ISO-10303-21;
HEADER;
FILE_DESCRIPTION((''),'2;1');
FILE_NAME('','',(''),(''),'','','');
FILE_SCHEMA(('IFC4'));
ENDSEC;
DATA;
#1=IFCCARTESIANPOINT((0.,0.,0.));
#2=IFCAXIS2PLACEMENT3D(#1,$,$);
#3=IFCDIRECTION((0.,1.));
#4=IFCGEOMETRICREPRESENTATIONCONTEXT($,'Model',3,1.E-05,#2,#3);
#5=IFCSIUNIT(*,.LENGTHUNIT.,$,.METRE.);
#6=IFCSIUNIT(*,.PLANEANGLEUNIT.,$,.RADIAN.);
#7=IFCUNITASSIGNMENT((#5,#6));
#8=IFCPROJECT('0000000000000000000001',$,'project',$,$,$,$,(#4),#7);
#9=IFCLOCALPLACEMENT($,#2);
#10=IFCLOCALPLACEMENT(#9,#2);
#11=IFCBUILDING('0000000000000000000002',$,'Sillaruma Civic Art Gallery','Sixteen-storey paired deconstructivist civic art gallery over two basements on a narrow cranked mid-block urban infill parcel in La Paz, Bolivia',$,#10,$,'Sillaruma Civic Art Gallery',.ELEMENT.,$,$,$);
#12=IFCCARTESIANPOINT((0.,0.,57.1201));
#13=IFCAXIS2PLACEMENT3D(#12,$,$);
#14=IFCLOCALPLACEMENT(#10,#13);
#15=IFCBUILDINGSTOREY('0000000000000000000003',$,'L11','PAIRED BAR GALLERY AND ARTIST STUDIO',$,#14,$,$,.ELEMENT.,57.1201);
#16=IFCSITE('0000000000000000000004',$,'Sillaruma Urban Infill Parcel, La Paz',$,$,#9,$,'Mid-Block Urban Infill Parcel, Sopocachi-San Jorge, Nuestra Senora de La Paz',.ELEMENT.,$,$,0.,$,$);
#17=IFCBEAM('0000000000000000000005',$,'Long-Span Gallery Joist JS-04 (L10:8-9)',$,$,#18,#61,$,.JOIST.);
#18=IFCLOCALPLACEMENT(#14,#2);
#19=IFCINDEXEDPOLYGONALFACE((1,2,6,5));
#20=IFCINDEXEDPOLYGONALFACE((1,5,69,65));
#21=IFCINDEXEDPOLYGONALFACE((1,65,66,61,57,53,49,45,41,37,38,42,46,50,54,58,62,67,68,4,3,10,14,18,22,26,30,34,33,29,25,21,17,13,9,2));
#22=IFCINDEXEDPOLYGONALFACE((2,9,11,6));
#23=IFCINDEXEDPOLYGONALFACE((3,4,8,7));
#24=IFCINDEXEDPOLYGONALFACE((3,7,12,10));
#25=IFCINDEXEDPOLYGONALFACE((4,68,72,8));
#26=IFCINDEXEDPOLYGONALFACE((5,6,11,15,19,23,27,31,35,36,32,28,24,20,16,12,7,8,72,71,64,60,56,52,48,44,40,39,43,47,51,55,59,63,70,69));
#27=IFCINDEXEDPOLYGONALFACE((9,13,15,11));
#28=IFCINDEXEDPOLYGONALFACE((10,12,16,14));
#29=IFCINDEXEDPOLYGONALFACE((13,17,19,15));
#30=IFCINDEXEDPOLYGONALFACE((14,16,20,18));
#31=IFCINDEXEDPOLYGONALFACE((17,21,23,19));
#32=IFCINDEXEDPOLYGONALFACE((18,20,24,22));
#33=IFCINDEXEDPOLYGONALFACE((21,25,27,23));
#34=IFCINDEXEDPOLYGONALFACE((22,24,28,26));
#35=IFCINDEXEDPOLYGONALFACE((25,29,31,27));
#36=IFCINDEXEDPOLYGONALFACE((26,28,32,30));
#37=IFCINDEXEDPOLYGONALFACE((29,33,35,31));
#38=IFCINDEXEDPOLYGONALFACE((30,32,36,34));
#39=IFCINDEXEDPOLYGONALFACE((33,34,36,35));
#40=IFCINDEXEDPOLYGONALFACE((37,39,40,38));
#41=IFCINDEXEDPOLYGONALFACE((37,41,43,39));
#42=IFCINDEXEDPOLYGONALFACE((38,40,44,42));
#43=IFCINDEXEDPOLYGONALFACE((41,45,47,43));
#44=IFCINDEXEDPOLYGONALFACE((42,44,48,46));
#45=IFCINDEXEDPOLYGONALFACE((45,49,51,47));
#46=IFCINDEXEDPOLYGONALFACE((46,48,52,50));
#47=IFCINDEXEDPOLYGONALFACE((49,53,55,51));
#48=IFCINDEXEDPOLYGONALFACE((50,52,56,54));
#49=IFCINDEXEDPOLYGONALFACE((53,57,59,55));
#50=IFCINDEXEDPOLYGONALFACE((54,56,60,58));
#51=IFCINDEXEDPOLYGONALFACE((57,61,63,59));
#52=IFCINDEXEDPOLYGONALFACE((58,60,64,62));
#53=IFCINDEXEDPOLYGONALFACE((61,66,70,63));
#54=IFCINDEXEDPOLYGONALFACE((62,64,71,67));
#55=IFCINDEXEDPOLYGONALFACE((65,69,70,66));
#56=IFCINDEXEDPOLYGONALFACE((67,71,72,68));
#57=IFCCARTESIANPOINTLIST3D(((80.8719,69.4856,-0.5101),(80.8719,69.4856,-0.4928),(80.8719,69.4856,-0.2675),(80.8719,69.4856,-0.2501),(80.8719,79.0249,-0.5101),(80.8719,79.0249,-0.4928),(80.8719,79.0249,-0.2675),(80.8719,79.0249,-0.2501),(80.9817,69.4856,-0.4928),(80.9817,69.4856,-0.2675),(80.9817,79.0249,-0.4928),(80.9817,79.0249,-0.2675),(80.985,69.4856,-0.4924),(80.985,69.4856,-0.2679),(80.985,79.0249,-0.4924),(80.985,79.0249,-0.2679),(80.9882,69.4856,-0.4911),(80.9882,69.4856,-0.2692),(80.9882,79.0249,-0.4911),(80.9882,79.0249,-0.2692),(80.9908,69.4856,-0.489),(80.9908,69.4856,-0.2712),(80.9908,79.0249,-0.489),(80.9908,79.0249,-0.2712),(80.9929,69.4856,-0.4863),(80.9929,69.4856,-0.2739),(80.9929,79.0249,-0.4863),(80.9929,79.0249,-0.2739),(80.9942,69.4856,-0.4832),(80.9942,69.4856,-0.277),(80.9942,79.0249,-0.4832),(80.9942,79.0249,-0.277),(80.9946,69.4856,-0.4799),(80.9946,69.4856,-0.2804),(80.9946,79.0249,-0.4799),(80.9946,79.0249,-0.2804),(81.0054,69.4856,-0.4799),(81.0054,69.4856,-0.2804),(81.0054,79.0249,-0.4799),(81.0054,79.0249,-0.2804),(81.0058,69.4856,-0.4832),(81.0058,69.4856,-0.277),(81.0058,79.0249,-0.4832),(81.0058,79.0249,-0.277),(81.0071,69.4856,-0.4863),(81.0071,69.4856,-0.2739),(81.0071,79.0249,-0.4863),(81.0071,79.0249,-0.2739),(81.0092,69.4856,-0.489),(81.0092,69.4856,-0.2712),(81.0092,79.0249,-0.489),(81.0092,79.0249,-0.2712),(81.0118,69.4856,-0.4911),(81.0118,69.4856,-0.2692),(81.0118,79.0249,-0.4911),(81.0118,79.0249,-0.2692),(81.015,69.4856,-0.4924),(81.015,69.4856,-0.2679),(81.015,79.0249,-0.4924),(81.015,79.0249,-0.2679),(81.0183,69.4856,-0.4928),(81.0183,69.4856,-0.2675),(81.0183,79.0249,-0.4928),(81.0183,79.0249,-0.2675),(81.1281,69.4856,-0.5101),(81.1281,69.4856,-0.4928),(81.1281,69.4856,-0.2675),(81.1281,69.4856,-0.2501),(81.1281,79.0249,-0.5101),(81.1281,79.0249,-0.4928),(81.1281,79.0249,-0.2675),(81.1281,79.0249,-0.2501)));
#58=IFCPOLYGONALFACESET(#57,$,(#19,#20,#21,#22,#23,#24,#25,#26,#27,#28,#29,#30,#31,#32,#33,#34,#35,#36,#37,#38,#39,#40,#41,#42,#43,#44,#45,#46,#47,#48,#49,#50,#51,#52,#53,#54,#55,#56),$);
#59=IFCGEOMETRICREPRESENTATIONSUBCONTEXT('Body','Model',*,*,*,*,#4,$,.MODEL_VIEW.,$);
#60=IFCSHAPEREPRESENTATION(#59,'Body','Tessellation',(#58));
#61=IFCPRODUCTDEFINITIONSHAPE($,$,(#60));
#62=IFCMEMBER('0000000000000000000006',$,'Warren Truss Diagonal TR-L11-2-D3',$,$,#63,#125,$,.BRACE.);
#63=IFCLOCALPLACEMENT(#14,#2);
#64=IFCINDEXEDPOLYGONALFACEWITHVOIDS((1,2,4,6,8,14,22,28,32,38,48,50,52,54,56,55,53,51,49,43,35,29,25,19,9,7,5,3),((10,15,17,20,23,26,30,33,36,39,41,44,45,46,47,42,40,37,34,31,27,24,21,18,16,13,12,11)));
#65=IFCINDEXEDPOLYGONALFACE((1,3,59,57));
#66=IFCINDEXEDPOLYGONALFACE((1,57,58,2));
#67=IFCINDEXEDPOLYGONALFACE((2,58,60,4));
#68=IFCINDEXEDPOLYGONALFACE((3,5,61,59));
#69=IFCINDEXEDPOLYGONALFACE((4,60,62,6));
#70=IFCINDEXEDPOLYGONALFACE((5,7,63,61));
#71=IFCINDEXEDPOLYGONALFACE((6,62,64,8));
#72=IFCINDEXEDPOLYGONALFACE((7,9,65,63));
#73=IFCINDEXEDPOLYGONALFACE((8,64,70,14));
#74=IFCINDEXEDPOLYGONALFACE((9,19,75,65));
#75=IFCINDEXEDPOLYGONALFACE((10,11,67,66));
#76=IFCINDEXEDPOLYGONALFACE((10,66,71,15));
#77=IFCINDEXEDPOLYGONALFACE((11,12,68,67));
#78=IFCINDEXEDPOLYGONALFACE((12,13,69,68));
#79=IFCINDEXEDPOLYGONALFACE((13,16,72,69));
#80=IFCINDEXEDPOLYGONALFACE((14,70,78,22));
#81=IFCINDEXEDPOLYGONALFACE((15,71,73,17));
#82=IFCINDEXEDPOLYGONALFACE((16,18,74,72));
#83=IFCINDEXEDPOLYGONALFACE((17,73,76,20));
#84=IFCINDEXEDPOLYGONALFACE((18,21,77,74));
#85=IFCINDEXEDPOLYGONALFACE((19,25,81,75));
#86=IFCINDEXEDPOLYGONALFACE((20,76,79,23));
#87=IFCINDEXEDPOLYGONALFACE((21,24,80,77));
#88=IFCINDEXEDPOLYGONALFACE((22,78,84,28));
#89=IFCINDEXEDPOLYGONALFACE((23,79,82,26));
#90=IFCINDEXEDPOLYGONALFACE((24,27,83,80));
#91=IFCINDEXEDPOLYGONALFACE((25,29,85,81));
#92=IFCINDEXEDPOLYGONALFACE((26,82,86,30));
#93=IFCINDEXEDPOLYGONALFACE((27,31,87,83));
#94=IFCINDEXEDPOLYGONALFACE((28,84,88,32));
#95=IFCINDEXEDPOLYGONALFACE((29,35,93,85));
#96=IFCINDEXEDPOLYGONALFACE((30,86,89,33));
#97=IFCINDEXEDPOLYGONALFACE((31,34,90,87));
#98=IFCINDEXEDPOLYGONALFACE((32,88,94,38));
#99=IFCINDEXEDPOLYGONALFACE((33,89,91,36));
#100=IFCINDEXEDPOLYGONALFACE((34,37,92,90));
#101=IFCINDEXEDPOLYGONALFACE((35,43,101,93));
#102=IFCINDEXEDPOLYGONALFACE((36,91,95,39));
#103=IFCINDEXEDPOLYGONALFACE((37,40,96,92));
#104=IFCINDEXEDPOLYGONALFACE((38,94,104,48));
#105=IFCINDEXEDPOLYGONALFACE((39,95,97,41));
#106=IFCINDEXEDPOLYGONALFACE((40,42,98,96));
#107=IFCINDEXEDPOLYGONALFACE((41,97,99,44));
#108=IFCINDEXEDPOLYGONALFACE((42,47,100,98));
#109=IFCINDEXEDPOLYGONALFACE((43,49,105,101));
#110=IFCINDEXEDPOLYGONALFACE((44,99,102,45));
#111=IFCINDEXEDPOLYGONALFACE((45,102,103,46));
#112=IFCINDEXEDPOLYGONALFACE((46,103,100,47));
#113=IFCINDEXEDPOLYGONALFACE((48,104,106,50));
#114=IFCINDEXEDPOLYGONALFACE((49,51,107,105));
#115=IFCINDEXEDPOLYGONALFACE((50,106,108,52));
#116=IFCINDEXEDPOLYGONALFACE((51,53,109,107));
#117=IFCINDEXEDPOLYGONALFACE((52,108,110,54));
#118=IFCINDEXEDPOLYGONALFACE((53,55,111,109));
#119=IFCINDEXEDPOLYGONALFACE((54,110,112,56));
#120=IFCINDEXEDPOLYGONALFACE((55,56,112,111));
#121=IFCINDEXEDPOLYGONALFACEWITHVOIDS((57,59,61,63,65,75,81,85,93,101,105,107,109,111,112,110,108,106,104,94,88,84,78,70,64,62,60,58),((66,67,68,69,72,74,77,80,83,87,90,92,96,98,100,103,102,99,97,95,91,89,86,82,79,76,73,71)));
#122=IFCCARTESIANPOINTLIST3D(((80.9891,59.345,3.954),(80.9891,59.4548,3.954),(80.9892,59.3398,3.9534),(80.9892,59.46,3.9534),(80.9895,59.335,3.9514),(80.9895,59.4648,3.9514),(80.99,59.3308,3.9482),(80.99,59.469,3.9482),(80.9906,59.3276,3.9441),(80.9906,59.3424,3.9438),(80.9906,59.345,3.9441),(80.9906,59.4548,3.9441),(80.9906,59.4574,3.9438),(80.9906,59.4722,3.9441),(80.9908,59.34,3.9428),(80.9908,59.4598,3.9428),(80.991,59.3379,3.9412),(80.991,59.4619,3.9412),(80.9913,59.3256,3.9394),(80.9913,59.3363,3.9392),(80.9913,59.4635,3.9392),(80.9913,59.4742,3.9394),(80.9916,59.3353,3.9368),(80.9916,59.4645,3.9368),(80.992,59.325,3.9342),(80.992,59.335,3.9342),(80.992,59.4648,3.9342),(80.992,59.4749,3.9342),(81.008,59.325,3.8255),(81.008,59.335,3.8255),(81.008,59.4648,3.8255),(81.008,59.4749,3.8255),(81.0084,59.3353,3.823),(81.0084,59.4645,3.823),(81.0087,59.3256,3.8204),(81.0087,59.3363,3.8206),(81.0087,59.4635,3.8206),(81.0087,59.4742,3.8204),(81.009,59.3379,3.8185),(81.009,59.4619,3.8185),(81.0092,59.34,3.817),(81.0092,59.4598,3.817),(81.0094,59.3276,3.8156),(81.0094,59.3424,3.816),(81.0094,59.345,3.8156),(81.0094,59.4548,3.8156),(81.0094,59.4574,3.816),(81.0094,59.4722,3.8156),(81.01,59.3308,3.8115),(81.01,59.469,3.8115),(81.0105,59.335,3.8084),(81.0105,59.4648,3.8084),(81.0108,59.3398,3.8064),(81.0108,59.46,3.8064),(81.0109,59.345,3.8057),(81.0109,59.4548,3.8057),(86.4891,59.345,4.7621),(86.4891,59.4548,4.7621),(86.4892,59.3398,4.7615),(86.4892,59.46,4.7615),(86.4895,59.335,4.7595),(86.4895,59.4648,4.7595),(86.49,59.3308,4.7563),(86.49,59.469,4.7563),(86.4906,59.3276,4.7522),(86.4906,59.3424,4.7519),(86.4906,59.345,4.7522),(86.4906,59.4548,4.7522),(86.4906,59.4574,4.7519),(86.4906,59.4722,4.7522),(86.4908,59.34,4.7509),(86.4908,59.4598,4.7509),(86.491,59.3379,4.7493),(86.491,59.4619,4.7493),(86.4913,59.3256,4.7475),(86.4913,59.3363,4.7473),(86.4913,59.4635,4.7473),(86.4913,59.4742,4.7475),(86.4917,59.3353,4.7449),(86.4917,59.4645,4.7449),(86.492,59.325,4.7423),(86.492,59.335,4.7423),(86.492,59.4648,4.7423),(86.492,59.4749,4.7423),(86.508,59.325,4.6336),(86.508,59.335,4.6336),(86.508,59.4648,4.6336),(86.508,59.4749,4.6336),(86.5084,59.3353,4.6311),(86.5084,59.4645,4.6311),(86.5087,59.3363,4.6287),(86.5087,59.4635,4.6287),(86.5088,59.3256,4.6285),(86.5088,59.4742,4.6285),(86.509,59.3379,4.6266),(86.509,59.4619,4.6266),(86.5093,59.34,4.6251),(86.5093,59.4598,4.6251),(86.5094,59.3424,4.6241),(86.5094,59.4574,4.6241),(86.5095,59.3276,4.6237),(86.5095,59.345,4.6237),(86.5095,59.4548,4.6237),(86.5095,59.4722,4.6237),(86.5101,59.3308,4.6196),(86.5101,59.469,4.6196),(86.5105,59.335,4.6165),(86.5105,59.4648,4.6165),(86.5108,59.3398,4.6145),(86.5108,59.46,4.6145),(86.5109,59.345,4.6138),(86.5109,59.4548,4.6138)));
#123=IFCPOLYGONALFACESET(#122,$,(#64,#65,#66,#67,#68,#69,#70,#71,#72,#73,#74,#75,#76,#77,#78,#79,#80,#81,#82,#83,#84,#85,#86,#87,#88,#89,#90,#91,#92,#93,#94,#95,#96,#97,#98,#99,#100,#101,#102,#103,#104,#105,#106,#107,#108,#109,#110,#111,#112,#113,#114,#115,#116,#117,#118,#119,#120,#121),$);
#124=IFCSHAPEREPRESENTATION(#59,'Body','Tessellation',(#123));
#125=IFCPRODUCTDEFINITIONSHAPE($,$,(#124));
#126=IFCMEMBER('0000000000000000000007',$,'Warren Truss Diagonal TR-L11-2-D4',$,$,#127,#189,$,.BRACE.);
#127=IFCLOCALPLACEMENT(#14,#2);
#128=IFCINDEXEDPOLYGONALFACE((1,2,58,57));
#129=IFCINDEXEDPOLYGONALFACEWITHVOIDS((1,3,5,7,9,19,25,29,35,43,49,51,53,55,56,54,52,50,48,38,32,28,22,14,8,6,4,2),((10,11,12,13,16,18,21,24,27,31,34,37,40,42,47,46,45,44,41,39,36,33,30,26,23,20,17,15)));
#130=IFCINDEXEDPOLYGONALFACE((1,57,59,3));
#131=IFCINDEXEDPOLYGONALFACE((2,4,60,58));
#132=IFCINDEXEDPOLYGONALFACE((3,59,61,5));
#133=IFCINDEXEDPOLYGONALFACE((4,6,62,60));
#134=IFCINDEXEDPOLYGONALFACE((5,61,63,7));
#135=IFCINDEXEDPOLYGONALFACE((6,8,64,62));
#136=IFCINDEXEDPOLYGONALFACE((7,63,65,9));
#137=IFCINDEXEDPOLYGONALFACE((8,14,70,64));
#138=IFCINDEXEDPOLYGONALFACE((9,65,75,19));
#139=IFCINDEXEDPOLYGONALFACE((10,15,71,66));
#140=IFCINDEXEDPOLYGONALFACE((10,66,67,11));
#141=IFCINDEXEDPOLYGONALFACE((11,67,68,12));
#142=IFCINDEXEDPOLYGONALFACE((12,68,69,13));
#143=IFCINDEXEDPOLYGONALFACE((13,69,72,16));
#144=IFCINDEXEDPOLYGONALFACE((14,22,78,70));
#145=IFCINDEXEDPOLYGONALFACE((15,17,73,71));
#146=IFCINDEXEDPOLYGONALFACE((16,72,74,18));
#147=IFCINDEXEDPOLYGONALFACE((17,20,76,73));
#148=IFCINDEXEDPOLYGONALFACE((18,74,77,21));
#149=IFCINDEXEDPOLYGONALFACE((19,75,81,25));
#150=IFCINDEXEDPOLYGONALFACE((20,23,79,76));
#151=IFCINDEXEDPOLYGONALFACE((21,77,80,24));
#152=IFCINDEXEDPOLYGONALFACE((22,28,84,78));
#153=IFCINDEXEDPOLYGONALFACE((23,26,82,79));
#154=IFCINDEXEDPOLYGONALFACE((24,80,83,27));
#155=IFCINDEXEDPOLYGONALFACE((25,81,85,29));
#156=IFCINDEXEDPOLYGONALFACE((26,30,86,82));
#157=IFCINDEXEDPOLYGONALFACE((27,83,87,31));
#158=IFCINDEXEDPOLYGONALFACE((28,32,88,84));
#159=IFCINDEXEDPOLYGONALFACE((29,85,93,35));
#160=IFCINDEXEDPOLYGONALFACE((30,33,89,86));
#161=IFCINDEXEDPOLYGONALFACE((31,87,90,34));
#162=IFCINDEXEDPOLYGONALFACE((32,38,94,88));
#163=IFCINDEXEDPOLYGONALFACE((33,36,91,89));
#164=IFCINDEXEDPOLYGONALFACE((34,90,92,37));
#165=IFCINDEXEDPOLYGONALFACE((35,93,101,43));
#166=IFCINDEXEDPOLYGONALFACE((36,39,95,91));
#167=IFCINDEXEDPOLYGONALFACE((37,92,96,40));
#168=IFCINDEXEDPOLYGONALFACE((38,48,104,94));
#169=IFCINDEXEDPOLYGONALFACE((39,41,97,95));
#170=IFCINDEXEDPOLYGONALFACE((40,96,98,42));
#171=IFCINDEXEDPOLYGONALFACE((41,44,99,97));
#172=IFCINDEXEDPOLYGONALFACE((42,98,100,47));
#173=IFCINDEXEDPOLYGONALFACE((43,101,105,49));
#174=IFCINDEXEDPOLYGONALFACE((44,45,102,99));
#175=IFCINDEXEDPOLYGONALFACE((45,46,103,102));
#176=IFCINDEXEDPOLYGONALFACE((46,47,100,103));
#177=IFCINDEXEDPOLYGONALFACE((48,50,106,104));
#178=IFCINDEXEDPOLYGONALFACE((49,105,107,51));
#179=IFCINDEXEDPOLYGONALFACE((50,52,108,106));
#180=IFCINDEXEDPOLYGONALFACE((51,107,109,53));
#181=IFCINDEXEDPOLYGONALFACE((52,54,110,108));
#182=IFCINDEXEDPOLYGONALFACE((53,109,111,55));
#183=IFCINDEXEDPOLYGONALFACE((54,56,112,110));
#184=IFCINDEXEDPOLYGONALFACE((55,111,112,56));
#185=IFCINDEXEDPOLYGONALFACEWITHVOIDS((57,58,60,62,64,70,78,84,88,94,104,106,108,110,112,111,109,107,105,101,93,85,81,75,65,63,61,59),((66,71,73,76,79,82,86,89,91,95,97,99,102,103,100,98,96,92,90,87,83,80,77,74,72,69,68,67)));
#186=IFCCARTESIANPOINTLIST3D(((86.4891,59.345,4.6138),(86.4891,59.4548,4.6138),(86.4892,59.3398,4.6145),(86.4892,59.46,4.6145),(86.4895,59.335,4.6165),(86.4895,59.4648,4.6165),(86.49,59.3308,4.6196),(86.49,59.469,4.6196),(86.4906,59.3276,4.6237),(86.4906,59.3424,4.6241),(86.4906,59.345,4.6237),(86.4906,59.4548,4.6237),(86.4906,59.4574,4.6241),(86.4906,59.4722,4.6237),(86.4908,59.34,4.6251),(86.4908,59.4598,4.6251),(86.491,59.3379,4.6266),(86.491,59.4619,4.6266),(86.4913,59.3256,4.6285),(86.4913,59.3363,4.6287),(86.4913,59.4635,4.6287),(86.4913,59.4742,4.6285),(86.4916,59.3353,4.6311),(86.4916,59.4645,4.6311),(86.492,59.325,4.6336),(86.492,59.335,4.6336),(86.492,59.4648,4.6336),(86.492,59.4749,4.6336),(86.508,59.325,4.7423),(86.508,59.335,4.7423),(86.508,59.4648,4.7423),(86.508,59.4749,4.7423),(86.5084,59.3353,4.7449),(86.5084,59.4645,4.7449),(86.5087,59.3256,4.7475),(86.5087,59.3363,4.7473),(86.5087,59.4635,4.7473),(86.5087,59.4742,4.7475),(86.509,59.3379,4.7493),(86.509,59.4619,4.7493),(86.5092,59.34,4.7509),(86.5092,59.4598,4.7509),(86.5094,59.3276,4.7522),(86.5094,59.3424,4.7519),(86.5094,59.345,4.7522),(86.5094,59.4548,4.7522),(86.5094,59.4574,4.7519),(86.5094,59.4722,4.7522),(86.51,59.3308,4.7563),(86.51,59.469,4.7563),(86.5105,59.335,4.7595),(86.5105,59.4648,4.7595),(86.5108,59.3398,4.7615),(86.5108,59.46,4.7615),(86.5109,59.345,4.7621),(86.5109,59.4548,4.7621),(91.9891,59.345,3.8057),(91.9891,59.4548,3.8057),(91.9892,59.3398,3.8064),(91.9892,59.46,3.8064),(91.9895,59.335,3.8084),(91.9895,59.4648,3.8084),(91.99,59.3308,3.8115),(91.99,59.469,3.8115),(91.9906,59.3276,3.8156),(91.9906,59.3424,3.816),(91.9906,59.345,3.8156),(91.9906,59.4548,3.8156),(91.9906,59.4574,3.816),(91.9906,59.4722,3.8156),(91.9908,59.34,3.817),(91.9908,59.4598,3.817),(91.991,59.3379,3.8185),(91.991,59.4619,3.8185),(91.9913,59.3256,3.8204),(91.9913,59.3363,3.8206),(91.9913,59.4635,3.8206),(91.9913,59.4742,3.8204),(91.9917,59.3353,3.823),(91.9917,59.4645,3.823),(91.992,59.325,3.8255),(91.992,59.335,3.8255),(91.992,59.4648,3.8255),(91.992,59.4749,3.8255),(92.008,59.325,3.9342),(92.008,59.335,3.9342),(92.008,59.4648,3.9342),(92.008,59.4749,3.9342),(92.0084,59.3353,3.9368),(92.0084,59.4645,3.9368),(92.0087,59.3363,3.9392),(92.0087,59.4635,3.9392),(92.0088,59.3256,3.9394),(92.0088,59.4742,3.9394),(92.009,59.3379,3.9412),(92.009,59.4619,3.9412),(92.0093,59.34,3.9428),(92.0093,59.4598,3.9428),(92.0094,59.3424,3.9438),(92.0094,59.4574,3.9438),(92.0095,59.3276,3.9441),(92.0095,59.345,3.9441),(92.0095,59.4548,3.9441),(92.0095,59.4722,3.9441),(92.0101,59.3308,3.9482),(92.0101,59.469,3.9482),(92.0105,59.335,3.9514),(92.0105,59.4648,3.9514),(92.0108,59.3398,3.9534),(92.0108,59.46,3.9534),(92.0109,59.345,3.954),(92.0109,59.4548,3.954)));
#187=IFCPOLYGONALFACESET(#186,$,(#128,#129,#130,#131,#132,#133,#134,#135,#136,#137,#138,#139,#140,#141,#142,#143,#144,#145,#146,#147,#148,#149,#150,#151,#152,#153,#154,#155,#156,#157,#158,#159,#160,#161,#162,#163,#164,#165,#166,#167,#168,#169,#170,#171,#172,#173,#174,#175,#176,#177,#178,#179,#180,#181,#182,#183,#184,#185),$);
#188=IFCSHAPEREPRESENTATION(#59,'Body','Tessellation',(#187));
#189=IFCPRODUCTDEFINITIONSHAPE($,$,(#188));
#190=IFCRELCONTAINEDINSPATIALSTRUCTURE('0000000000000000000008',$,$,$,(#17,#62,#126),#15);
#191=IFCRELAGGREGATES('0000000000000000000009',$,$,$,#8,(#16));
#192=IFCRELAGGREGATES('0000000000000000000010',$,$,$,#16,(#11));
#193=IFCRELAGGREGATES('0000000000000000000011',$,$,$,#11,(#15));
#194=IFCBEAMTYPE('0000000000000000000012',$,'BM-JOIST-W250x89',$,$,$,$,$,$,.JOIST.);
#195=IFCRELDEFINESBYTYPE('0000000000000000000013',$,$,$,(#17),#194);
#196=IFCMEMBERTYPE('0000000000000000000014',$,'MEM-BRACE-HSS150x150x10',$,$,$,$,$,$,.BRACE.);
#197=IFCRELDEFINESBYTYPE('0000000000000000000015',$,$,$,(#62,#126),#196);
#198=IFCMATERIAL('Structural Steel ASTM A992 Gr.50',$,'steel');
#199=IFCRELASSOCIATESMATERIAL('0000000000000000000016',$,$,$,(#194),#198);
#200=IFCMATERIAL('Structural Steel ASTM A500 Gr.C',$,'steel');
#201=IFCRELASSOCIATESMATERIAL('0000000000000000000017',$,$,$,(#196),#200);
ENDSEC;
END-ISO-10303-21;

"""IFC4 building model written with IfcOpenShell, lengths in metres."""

from ifc_helpers import new_model, si_unit, direction, frame, origin, origin_2d, place, context, subcontext, project, spatial, hollow_rectangle, i_section, extrude, material, material_profile, profile_set, type_object, element, save


model = new_model("IFC4")

# Units and contexts
model_context = context("Model", 3, precision=1e-05, world=origin(), true_north=direction((0.0, 1.0)))
body_context = subcontext(model_context, "Body", "Model", "MODEL_VIEW")
ifc_project = project(units=[si_unit("LENGTHUNIT", "METRE"), si_unit("PLANEANGLEUNIT", "RADIAN")], contexts=[model_context])

# Site, building, storey
site_placement = place(None, origin())
site = spatial("IfcSite", under=ifc_project, at=site_placement, Name="Sillaruma Urban Infill Parcel, La Paz", LongName="Mid-Block Urban Infill Parcel, Sopocachi-San Jorge, Nuestra Senora de La Paz", CompositionType="ELEMENT", RefElevation=0.0)
building_placement = place(site_placement, origin())
building = spatial("IfcBuilding", under=site, at=building_placement, Name="Sillaruma Civic Art Gallery", Description="Sixteen-storey paired deconstructivist civic art gallery over two basements on a narrow cranked mid-block urban infill parcel in La Paz, Bolivia", LongName="Sillaruma Civic Art Gallery", CompositionType="ELEMENT")
storey_placement = place(building_placement, frame((0.0, 0.0, 57.1201)))
storey = spatial("IfcBuildingStorey", under=building, at=storey_placement, Name="L11", Description="PAIRED BAR GALLERY AND ARTIST STUDIO", CompositionType="ELEMENT", Elevation=57.1201)

# Beam
ifc_material_1 = material(Name="Structural Steel ASTM A500 Gr.C", Category="steel")
ifc_material_2 = material(Name="Structural Steel ASTM A992 Gr.50", Category="steel")
ifc_material_profile_1 = material_profile(ifc_material_2, i_section(OverallWidth=0.2561, OverallDepth=0.26, WebThickness=0.0107, FlangeThickness=0.0173, FilletRadius=0.0129, at=origin_2d()), Name="W250x89")
ifc_profile_set_1 = profile_set([ifc_material_profile_1], Name="Structural Steel ASTM A992 Gr.50")
beam_type_1 = type_object("IfcBeamType", Name="BM-JOIST-W250x89", PredefinedType="JOIST", material=ifc_profile_set_1)
beam_1_placement = place(storey_placement, frame((81.0, 69.4856, -0.3801), z_axis=(0.0, 1.0, 0.0), x_axis=(-1.0, 0.0, 0.0)))
element("IfcBeam", 1, at=beam_1_placement, inside=storey, type_object=beam_type_1, Name="Long-Span Gallery Joist JS-04 (L10:8-9)", PredefinedType="JOIST", context=body_context, shape_type="SweptSolid", body=[
    extrude(i_section(OverallWidth=0.2561, OverallDepth=0.26, WebThickness=0.0107, FlangeThickness=0.0173, FilletRadius=0.0129, at=origin_2d()), origin(), (0.0, 0.0, 1.0), 9.5393),
])

# Members
ifc_material_profile_2 = material_profile(ifc_material_1, hollow_rectangle(XDim=0.1499, YDim=0.1499, WallThickness=0.01, InnerFilletRadius=0.01, OuterFilletRadius=0.02, at=origin_2d()), Name="HSS150x150x10")
ifc_profile_set_2 = profile_set([ifc_material_profile_2], Name="Structural Steel ASTM A500 Gr.C")
member_type_1 = type_object("IfcMemberType", Name="MEM-BRACE-HSS150x150x10", PredefinedType="BRACE", material=ifc_profile_set_2)
for number, where, z_axis, x_axis, name in (
    (2, (81.0, 59.3999, 3.8799), (0.989378, 0.0, 0.145368), (0.0, 1.0, 0.0), "Warren Truss Diagonal TR-L11-2-D3"),
    (3, (86.5, 59.3999, 4.688), (0.989378, 0.0, -0.145368), (0.0, 1.0, 0.0), "Warren Truss Diagonal TR-L11-2-D4"),
):
    element("IfcMember", number, at=place(storey_placement, frame(where, z_axis=z_axis, x_axis=x_axis)), inside=storey, type_object=member_type_1, Name=name, PredefinedType="BRACE", context=body_context, shape_type="SweptSolid", body=[
        extrude(hollow_rectangle(XDim=0.1499, YDim=0.1499, WallThickness=0.01, InnerFilletRadius=0.01, OuterFilletRadius=0.02, at=origin_2d()), origin(), (0.0, 0.0, 1.0), 5.5591),
    ])

save(model, "model.ifc")
